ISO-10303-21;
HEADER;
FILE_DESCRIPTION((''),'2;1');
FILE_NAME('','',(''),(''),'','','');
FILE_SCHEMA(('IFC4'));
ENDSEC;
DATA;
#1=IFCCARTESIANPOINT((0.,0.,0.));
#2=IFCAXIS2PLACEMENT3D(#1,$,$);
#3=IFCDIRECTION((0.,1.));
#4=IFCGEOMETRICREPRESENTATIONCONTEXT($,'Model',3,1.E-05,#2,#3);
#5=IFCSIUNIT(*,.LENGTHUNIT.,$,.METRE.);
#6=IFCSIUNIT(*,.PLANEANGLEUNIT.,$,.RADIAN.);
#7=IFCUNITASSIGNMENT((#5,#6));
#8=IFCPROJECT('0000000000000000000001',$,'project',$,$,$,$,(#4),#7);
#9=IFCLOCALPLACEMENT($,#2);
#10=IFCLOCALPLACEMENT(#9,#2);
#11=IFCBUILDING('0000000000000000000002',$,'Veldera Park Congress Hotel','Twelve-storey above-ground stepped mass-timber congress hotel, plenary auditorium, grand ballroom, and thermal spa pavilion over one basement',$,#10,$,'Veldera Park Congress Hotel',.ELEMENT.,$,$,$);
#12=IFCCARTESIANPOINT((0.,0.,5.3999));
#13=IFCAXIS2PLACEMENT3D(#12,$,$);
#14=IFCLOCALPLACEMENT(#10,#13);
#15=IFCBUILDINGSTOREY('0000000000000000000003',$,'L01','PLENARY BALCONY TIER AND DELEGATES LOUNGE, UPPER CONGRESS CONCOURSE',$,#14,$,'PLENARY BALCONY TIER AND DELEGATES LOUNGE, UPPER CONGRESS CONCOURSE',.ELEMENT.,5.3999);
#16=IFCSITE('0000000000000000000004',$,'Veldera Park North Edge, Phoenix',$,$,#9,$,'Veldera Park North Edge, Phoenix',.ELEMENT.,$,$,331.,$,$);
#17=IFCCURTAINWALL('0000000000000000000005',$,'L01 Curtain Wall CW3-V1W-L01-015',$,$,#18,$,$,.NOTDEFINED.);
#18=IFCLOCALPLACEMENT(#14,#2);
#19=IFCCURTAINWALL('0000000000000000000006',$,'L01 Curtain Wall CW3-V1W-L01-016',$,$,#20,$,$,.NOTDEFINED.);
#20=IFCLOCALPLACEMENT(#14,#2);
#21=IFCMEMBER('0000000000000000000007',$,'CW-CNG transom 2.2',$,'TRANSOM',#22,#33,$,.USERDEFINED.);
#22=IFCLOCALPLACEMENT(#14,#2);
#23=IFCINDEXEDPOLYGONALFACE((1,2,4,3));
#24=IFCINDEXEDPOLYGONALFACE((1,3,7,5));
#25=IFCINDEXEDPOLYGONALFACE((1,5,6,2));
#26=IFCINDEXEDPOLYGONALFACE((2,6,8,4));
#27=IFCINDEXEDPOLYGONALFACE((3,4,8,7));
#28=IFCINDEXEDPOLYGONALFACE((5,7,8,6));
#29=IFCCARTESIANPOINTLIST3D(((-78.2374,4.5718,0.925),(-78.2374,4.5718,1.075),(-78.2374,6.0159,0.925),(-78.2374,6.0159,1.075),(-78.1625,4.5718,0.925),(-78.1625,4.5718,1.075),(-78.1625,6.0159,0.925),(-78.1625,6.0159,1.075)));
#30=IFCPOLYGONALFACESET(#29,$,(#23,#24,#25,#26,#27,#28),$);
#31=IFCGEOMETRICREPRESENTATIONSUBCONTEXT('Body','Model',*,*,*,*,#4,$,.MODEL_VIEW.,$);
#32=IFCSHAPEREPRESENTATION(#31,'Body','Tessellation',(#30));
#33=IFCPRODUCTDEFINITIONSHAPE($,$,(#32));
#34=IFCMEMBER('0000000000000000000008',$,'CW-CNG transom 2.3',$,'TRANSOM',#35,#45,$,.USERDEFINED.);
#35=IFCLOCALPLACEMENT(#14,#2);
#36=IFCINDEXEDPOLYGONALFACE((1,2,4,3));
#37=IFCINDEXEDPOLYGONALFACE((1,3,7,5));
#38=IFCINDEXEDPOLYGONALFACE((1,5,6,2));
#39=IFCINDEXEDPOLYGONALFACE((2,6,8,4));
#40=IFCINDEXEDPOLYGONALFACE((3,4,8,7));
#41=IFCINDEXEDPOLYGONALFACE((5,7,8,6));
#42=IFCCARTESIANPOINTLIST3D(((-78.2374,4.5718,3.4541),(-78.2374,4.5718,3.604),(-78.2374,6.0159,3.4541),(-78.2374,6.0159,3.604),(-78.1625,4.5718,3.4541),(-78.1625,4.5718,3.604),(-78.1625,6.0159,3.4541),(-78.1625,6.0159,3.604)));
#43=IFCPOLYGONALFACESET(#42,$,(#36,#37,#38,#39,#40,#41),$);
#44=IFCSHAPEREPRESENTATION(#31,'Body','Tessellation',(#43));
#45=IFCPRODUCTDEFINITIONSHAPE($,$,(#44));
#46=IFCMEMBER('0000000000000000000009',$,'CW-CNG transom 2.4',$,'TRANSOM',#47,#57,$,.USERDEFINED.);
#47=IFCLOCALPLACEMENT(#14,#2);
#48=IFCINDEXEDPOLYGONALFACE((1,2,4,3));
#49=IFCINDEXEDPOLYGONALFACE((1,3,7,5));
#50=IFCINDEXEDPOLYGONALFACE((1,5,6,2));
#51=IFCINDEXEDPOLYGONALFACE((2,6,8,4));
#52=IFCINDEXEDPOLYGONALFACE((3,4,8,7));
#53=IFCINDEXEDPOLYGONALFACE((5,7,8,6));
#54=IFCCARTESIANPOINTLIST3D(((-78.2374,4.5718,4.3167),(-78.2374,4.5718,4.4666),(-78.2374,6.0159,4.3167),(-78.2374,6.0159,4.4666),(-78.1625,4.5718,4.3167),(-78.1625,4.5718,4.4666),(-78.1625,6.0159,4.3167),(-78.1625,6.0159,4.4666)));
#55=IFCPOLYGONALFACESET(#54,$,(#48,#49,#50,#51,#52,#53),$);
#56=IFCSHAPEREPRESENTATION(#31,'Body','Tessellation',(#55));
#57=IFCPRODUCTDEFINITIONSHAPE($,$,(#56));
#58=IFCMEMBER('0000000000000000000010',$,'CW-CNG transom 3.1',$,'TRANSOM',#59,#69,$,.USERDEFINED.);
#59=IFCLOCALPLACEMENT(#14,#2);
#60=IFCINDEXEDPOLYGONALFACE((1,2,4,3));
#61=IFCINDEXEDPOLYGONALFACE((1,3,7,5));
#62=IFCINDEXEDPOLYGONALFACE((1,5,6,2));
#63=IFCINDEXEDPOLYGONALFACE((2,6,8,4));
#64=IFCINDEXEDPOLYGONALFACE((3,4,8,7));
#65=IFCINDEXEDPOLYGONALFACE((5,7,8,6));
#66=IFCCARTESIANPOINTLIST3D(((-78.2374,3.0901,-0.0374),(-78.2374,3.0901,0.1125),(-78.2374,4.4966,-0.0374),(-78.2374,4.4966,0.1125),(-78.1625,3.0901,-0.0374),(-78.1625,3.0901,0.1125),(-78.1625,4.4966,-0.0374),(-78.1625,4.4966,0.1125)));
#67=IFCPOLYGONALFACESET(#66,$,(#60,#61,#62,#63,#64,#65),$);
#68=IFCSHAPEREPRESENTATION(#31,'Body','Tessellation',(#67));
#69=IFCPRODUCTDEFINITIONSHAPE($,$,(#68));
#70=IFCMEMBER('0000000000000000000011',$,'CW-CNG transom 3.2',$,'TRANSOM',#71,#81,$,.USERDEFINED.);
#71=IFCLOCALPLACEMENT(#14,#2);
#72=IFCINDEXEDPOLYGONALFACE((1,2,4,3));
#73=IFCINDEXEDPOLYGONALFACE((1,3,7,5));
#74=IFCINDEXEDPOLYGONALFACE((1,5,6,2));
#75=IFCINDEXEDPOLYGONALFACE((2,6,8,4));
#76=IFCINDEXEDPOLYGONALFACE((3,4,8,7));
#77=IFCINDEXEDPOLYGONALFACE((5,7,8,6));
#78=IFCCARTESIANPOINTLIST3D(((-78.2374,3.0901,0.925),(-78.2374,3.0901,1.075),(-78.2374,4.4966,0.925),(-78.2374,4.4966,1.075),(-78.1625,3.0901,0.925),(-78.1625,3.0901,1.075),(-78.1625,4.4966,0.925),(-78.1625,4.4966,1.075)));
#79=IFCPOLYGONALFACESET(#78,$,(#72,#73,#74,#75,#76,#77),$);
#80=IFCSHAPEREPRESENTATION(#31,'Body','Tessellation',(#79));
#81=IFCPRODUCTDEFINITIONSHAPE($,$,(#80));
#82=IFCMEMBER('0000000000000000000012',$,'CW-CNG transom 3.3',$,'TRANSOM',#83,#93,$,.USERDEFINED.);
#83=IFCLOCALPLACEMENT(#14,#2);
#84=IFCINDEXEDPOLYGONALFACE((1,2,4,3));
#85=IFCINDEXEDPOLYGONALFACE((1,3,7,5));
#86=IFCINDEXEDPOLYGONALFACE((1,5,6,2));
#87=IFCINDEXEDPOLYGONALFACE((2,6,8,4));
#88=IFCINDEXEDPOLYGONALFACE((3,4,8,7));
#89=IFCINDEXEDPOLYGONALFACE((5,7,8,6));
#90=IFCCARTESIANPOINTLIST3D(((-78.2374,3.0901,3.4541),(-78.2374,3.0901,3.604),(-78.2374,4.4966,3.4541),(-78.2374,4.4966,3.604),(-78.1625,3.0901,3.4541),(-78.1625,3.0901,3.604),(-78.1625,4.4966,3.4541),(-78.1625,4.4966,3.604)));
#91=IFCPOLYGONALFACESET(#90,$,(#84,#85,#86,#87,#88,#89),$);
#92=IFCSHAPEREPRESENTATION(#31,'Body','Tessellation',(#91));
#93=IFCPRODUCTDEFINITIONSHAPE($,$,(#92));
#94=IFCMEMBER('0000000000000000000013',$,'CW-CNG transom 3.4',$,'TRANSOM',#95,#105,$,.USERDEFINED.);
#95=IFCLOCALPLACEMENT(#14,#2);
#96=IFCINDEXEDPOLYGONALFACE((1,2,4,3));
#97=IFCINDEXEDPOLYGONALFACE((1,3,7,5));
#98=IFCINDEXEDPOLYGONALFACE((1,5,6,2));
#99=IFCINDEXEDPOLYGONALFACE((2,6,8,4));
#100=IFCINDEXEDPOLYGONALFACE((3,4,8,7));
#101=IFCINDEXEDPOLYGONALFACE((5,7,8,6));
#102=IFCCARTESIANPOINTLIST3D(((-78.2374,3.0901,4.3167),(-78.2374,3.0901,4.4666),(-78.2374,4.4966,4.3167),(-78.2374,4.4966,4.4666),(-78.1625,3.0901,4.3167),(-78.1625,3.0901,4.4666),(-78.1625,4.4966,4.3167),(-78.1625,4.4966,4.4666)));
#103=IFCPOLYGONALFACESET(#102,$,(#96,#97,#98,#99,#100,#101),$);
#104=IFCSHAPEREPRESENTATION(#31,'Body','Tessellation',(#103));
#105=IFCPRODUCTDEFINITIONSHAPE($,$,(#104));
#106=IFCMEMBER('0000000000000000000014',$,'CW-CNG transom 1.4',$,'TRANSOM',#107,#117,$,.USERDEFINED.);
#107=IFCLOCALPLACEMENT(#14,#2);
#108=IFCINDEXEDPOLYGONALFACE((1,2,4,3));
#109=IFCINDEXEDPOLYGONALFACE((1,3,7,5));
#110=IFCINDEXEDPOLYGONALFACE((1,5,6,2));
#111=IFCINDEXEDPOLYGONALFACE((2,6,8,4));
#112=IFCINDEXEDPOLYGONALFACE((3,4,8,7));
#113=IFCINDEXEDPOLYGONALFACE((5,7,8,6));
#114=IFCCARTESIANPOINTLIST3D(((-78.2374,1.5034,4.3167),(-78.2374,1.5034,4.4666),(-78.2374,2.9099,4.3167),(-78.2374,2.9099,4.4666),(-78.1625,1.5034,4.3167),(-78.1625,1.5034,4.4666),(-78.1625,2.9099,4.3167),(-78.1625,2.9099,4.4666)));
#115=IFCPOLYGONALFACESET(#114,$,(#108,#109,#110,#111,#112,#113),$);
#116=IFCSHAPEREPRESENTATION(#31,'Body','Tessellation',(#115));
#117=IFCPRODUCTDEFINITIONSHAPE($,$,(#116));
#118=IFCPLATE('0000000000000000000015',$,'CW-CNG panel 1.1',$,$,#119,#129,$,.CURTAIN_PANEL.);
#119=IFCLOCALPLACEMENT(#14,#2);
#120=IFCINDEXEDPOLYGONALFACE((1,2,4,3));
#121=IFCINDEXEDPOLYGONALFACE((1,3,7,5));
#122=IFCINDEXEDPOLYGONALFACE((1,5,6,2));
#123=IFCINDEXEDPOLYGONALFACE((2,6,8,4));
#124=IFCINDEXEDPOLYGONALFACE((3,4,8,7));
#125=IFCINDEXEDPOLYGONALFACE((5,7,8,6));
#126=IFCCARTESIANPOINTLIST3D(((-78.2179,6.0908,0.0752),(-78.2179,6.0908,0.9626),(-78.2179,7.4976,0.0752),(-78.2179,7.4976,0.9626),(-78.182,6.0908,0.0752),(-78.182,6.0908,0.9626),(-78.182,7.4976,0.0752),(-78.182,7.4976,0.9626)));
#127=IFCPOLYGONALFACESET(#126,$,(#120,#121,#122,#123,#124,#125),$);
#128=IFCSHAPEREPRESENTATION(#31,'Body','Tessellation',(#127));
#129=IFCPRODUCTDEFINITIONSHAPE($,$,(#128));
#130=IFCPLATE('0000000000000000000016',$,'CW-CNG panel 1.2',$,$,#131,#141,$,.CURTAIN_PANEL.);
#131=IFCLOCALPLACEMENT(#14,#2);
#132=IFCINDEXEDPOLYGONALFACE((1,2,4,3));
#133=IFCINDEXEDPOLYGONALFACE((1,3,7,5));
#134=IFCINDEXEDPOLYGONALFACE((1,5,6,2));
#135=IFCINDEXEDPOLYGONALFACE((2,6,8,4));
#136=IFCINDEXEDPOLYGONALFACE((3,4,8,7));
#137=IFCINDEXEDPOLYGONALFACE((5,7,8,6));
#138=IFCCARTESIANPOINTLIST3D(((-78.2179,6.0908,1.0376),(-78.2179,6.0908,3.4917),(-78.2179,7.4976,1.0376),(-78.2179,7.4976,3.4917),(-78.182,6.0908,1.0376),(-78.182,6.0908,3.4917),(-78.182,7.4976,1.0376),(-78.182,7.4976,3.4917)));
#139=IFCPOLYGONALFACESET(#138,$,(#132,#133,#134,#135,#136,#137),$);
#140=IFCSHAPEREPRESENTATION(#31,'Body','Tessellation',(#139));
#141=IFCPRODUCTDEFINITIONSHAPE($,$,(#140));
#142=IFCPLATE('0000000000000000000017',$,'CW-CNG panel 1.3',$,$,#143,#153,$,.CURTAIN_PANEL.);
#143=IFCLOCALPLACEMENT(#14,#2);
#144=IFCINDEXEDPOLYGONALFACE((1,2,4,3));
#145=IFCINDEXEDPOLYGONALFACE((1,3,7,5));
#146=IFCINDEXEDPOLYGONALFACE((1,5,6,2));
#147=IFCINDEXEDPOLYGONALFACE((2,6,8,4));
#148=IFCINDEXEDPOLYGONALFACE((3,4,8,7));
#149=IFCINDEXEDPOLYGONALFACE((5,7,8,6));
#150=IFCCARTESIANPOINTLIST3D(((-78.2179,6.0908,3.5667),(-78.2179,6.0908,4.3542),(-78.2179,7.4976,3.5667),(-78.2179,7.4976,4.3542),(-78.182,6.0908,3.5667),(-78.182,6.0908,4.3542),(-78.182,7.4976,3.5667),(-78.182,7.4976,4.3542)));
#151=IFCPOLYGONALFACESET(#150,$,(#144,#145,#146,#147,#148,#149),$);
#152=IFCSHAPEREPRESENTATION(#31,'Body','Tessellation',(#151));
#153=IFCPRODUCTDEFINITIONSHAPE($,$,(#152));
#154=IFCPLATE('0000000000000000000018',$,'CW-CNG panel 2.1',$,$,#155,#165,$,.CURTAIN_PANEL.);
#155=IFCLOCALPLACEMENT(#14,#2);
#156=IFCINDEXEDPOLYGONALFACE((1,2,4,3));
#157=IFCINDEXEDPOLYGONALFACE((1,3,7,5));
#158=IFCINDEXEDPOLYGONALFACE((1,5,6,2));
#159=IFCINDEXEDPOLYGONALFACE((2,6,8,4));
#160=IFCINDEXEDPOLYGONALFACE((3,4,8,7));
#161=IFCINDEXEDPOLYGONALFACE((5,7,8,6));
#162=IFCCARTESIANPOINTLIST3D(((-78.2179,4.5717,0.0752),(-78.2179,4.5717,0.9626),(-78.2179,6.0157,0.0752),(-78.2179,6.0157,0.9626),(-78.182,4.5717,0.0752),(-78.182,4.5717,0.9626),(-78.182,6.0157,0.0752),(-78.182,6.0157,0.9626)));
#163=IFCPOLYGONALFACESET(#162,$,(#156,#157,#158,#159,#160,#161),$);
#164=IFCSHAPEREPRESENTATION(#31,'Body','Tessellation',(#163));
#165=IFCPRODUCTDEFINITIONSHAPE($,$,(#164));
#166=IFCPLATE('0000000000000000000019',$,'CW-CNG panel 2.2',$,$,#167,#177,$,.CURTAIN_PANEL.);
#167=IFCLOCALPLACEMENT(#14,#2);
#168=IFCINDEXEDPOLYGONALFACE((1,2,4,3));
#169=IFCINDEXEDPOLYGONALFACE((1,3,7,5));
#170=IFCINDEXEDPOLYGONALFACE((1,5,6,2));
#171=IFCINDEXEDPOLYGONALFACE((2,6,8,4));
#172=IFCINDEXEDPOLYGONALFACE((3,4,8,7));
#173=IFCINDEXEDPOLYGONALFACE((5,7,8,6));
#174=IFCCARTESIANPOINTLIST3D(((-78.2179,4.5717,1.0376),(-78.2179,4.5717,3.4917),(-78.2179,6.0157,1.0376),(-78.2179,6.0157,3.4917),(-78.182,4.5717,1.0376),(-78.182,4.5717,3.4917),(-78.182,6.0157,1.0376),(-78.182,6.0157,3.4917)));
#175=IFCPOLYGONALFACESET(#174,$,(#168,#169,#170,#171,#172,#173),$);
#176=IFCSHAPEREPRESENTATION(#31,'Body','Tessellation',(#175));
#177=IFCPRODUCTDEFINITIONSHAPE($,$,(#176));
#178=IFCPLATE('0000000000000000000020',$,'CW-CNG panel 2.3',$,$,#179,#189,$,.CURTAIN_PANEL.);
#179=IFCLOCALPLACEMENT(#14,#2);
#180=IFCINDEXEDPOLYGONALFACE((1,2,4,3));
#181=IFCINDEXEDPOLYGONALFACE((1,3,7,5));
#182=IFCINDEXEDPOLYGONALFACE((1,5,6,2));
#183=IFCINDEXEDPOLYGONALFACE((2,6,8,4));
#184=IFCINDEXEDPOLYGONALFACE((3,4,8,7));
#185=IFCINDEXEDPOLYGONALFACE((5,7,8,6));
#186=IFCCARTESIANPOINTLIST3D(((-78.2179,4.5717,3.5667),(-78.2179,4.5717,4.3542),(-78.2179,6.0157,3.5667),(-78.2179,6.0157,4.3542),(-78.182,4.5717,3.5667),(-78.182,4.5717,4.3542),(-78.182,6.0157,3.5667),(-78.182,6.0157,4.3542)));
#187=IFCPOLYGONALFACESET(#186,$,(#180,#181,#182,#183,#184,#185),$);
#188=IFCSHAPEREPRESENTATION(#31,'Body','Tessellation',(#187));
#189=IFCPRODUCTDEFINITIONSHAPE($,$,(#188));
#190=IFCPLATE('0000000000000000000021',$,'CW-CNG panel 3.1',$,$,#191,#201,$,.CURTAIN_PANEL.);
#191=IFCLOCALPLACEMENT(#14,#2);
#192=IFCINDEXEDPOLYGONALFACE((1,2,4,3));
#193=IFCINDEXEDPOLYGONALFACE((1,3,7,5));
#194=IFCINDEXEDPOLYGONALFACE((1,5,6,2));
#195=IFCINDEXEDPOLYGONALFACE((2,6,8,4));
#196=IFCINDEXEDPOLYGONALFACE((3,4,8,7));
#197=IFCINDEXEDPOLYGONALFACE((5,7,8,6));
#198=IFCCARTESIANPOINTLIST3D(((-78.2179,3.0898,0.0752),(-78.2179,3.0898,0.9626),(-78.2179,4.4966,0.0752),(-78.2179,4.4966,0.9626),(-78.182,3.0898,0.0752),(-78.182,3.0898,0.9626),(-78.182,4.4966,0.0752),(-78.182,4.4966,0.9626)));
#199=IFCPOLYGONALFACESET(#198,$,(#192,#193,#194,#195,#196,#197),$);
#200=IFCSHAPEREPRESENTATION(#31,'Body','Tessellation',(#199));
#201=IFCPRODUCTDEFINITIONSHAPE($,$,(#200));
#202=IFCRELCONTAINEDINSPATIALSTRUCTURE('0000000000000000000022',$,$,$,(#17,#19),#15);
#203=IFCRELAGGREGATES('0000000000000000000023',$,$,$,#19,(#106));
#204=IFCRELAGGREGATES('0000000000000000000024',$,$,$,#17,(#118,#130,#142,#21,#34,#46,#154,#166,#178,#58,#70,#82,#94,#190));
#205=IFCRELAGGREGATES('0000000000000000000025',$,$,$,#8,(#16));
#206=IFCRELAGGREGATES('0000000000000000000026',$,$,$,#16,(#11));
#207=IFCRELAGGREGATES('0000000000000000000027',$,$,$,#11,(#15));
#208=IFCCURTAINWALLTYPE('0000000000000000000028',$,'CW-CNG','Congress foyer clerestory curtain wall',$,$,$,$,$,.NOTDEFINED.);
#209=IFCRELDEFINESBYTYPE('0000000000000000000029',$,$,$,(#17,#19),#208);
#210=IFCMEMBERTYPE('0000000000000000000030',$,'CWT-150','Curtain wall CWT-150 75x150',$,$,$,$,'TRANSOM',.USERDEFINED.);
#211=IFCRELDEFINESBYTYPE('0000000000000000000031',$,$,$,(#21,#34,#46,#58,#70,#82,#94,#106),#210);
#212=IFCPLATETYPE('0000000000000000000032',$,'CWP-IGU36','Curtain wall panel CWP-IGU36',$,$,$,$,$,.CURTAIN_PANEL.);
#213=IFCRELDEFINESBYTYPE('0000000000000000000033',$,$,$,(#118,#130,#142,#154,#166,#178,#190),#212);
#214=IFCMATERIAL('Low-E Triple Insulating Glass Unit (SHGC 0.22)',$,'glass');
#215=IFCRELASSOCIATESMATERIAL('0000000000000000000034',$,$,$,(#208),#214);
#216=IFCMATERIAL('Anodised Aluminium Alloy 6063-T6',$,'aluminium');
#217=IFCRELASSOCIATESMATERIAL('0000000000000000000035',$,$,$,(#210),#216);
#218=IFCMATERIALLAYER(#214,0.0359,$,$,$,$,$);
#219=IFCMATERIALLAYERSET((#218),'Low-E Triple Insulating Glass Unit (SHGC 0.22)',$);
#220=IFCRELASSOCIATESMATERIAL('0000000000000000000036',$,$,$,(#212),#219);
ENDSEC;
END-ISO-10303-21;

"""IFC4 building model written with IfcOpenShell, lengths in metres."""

from ifc_helpers import new_model, si_unit, direction, frame, origin, origin_2d, place, context, subcontext, project, spatial, rectangle, extrude, material, layer, layer_set, material_profile, profile_set, type_object, element, aggregate, save


model = new_model("IFC4")

# Units and contexts
model_context = context("Model", 3, precision=1e-05, world=origin(), true_north=direction((0.0, 1.0)))
body_context = subcontext(model_context, "Body", "Model", "MODEL_VIEW")
ifc_project = project(units=[si_unit("LENGTHUNIT", "METRE"), si_unit("PLANEANGLEUNIT", "RADIAN")], contexts=[model_context])

# Site, building, storey
site_placement = place(None, origin())
site = spatial("IfcSite", under=ifc_project, at=site_placement, Name="Veldera Park North Edge, Phoenix", LongName="Veldera Park North Edge, Phoenix", CompositionType="ELEMENT", RefElevation=331.0)
building_placement = place(site_placement, origin())
building = spatial("IfcBuilding", under=site, at=building_placement, Name="Veldera Park Congress Hotel", Description="Twelve-storey above-ground stepped mass-timber congress hotel, plenary auditorium, grand ballroom, and thermal spa pavilion over one basement", LongName="Veldera Park Congress Hotel", CompositionType="ELEMENT")
storey_placement = place(building_placement, frame((0.0, 0.0, 5.3999)))
storey = spatial("IfcBuildingStorey", under=building, at=storey_placement, Name="L01", Description="PLENARY BALCONY TIER AND DELEGATES LOUNGE, UPPER CONGRESS CONCOURSE", LongName="PLENARY BALCONY TIER AND DELEGATES LOUNGE, UPPER CONGRESS CONCOURSE", CompositionType="ELEMENT", Elevation=5.3999)

# Curtain wall
ifc_material_1 = material(Name="Low-E Triple Insulating Glass Unit (SHGC 0.22)", Category="glass")
curtain_wall_type = type_object("IfcCurtainWallType", Name="CW-CNG", Description="Congress foyer clerestory curtain wall", PredefinedType="NOTDEFINED", material=ifc_material_1)
curtain_wall_1_placement = place(storey_placement, origin())
curtain_wall_1 = element("IfcCurtainWall", 1, at=curtain_wall_1_placement, inside=storey, type_object=curtain_wall_type, Name="L01 Curtain Wall CW3-V1W-L01-015", PredefinedType="NOTDEFINED")
ifc_material_2 = material(Name="Anodised Aluminium Alloy 6063-T6", Category="aluminium")

# Curtain wall
curtain_wall_2_placement = place(storey_placement, origin())
curtain_wall_2 = element("IfcCurtainWall", 2, at=curtain_wall_2_placement, inside=storey, type_object=curtain_wall_type, Name="L01 Curtain Wall CW3-V1W-L01-016", PredefinedType="NOTDEFINED")

# Members
ifc_material_profile_1 = material_profile(ifc_material_2, rectangle(XDim=0.075, YDim=0.1499, at=origin_2d()), Name="ALU 75x150")
ifc_profile_set_1 = profile_set([ifc_material_profile_1], Name="Anodised Aluminium Alloy 6063-T6")
member_type_1 = type_object("IfcMemberType", Name="CWT-150", Description="Curtain wall CWT-150 75x150", ElementType="TRANSOM", PredefinedType="USERDEFINED", material=ifc_profile_set_1)
member_1_placement = place(storey_placement, frame((-78.2, 6.0159, 1.0), z_axis=(0.0, -1.0, 0.0), x_axis=(1.0, 0.0, 0.0)))
member_1 = element("IfcMember", 3, at=member_1_placement, type_object=member_type_1, Name="CW-CNG transom 2.2", ObjectType="TRANSOM", PredefinedType="USERDEFINED", context=body_context, shape_type="SweptSolid", body=[
    extrude(rectangle(XDim=0.075, YDim=0.1499, at=origin_2d()), origin(), (0.0, 0.0, 1.0), 1.4441),
])
member_2_placement = place(storey_placement, frame((-78.2, 6.0159, 3.5291), z_axis=(0.0, -1.0, 0.0), x_axis=(1.0, 0.0, 0.0)))
member_2 = element("IfcMember", 4, at=member_2_placement, type_object=member_type_1, Name="CW-CNG transom 2.3", ObjectType="TRANSOM", PredefinedType="USERDEFINED", context=body_context, shape_type="SweptSolid", body=[
    extrude(rectangle(XDim=0.075, YDim=0.1499, at=origin_2d()), origin(), (0.0, 0.0, 1.0), 1.4441),
])
member_3_placement = place(storey_placement, frame((-78.2, 6.0159, 4.3916), z_axis=(0.0, -1.0, 0.0), x_axis=(1.0, 0.0, 0.0)))
member_3 = element("IfcMember", 5, at=member_3_placement, type_object=member_type_1, Name="CW-CNG transom 2.4", ObjectType="TRANSOM", PredefinedType="USERDEFINED", context=body_context, shape_type="SweptSolid", body=[
    extrude(rectangle(XDim=0.075, YDim=0.1499, at=origin_2d()), origin(), (0.0, 0.0, 1.0), 1.4441),
])
member_4_placement = place(storey_placement, frame((-78.2, 4.4966, 0.0376), z_axis=(0.0, -1.0, 0.0), x_axis=(1.0, 0.0, 0.0)))
member_4 = element("IfcMember", 6, at=member_4_placement, type_object=member_type_1, Name="CW-CNG transom 3.1", ObjectType="TRANSOM", PredefinedType="USERDEFINED", context=body_context, shape_type="SweptSolid", body=[
    extrude(rectangle(XDim=0.075, YDim=0.1499, at=origin_2d()), origin(), (0.0, 0.0, 1.0), 1.4065),
])
member_5_placement = place(storey_placement, frame((-78.2, 4.4966, 1.0), z_axis=(0.0, -1.0, 0.0), x_axis=(1.0, 0.0, 0.0)))
member_5 = element("IfcMember", 7, at=member_5_placement, type_object=member_type_1, Name="CW-CNG transom 3.2", ObjectType="TRANSOM", PredefinedType="USERDEFINED", context=body_context, shape_type="SweptSolid", body=[
    extrude(rectangle(XDim=0.075, YDim=0.1499, at=origin_2d()), origin(), (0.0, 0.0, 1.0), 1.4065),
])
member_6_placement = place(storey_placement, frame((-78.2, 4.4966, 3.5291), z_axis=(0.0, -1.0, 0.0), x_axis=(1.0, 0.0, 0.0)))
member_6 = element("IfcMember", 8, at=member_6_placement, type_object=member_type_1, Name="CW-CNG transom 3.3", ObjectType="TRANSOM", PredefinedType="USERDEFINED", context=body_context, shape_type="SweptSolid", body=[
    extrude(rectangle(XDim=0.075, YDim=0.1499, at=origin_2d()), origin(), (0.0, 0.0, 1.0), 1.4065),
])
member_7_placement = place(storey_placement, frame((-78.2, 4.4966, 4.3916), z_axis=(0.0, -1.0, 0.0), x_axis=(1.0, 0.0, 0.0)))
member_7 = element("IfcMember", 9, at=member_7_placement, type_object=member_type_1, Name="CW-CNG transom 3.4", ObjectType="TRANSOM", PredefinedType="USERDEFINED", context=body_context, shape_type="SweptSolid", body=[
    extrude(rectangle(XDim=0.075, YDim=0.1499, at=origin_2d()), origin(), (0.0, 0.0, 1.0), 1.4065),
])
member_8_placement = place(storey_placement, frame((-78.2, 2.9099, 4.3916), z_axis=(0.0, -1.0, 0.0), x_axis=(1.0, 0.0, 0.0)))
member_8 = element("IfcMember", 10, at=member_8_placement, type_object=member_type_1, Name="CW-CNG transom 1.4", ObjectType="TRANSOM", PredefinedType="USERDEFINED", context=body_context, shape_type="SweptSolid", body=[
    extrude(rectangle(XDim=0.075, YDim=0.1499, at=origin_2d()), origin(), (0.0, 0.0, 1.0), 1.4065),
])
aggregate(curtain_wall_2, [member_8])

# Plates
ifc_layer_1 = layer(ifc_material_1, 0.0359)
ifc_layer_set_1 = layer_set([ifc_layer_1], Name="Low-E Triple Insulating Glass Unit (SHGC 0.22)")
plate_type_1 = type_object("IfcPlateType", Name="CWP-IGU36", Description="Curtain wall panel CWP-IGU36", PredefinedType="CURTAIN_PANEL", material=ifc_layer_set_1)
plate_1_placement = place(storey_placement, frame((-78.2, 6.7942, 0.0752), z_axis=(0.0, 0.0, 1.0), x_axis=(0.0, -1.0, 0.0)))
plate_1 = element("IfcPlate", 11, at=plate_1_placement, type_object=plate_type_1, Name="CW-CNG panel 1.1", PredefinedType="CURTAIN_PANEL", context=body_context, shape_type="SweptSolid", body=[
    extrude(rectangle(XDim=1.4067, YDim=0.0359, at=origin_2d()), origin(), (0.0, 0.0, 1.0), 0.8875),
])
plate_2_placement = place(storey_placement, frame((-78.2, 6.7942, 1.0376), z_axis=(0.0, 0.0, 1.0), x_axis=(0.0, -1.0, 0.0)))
plate_2 = element("IfcPlate", 12, at=plate_2_placement, type_object=plate_type_1, Name="CW-CNG panel 1.2", PredefinedType="CURTAIN_PANEL", context=body_context, shape_type="SweptSolid", body=[
    extrude(rectangle(XDim=1.4067, YDim=0.0359, at=origin_2d()), origin(), (0.0, 0.0, 1.0), 2.4541),
])
plate_3_placement = place(storey_placement, frame((-78.2, 6.7942, 3.5667), z_axis=(0.0, 0.0, 1.0), x_axis=(0.0, -1.0, 0.0)))
plate_3 = element("IfcPlate", 13, at=plate_3_placement, type_object=plate_type_1, Name="CW-CNG panel 1.3", PredefinedType="CURTAIN_PANEL", context=body_context, shape_type="SweptSolid", body=[
    extrude(rectangle(XDim=1.4067, YDim=0.0359, at=origin_2d()), origin(), (0.0, 0.0, 1.0), 0.7876),
])
plate_4_placement = place(storey_placement, frame((-78.2, 5.2937, 0.0752), z_axis=(0.0, 0.0, 1.0), x_axis=(0.0, -1.0, 0.0)))
plate_4 = element("IfcPlate", 14, at=plate_4_placement, type_object=plate_type_1, Name="CW-CNG panel 2.1", PredefinedType="CURTAIN_PANEL", context=body_context, shape_type="SweptSolid", body=[
    extrude(rectangle(XDim=1.4441, YDim=0.0359, at=origin_2d()), origin(), (0.0, 0.0, 1.0), 0.8875),
])
plate_5_placement = place(storey_placement, frame((-78.2, 5.2937, 1.0376), z_axis=(0.0, 0.0, 1.0), x_axis=(0.0, -1.0, 0.0)))
plate_5 = element("IfcPlate", 15, at=plate_5_placement, type_object=plate_type_1, Name="CW-CNG panel 2.2", PredefinedType="CURTAIN_PANEL", context=body_context, shape_type="SweptSolid", body=[
    extrude(rectangle(XDim=1.4441, YDim=0.0359, at=origin_2d()), origin(), (0.0, 0.0, 1.0), 2.4541),
])
plate_6_placement = place(storey_placement, frame((-78.2, 5.2937, 3.5667), z_axis=(0.0, 0.0, 1.0), x_axis=(0.0, -1.0, 0.0)))
plate_6 = element("IfcPlate", 16, at=plate_6_placement, type_object=plate_type_1, Name="CW-CNG panel 2.3", PredefinedType="CURTAIN_PANEL", context=body_context, shape_type="SweptSolid", body=[
    extrude(rectangle(XDim=1.4441, YDim=0.0359, at=origin_2d()), origin(), (0.0, 0.0, 1.0), 0.7876),
])
plate_7_placement = place(storey_placement, frame((-78.2, 3.7932, 0.0752), z_axis=(0.0, 0.0, 1.0), x_axis=(0.0, -1.0, 0.0)))
plate_7 = element("IfcPlate", 17, at=plate_7_placement, type_object=plate_type_1, Name="CW-CNG panel 3.1", PredefinedType="CURTAIN_PANEL", context=body_context, shape_type="SweptSolid", body=[
    extrude(rectangle(XDim=1.4067, YDim=0.0359, at=origin_2d()), origin(), (0.0, 0.0, 1.0), 0.8875),
])
aggregate(curtain_wall_1, [plate_1, plate_2, plate_3, member_1, member_2, member_3, plate_4, plate_5, plate_6, member_4, member_5, member_6, member_7, plate_7])

save(model, "model.ifc")
